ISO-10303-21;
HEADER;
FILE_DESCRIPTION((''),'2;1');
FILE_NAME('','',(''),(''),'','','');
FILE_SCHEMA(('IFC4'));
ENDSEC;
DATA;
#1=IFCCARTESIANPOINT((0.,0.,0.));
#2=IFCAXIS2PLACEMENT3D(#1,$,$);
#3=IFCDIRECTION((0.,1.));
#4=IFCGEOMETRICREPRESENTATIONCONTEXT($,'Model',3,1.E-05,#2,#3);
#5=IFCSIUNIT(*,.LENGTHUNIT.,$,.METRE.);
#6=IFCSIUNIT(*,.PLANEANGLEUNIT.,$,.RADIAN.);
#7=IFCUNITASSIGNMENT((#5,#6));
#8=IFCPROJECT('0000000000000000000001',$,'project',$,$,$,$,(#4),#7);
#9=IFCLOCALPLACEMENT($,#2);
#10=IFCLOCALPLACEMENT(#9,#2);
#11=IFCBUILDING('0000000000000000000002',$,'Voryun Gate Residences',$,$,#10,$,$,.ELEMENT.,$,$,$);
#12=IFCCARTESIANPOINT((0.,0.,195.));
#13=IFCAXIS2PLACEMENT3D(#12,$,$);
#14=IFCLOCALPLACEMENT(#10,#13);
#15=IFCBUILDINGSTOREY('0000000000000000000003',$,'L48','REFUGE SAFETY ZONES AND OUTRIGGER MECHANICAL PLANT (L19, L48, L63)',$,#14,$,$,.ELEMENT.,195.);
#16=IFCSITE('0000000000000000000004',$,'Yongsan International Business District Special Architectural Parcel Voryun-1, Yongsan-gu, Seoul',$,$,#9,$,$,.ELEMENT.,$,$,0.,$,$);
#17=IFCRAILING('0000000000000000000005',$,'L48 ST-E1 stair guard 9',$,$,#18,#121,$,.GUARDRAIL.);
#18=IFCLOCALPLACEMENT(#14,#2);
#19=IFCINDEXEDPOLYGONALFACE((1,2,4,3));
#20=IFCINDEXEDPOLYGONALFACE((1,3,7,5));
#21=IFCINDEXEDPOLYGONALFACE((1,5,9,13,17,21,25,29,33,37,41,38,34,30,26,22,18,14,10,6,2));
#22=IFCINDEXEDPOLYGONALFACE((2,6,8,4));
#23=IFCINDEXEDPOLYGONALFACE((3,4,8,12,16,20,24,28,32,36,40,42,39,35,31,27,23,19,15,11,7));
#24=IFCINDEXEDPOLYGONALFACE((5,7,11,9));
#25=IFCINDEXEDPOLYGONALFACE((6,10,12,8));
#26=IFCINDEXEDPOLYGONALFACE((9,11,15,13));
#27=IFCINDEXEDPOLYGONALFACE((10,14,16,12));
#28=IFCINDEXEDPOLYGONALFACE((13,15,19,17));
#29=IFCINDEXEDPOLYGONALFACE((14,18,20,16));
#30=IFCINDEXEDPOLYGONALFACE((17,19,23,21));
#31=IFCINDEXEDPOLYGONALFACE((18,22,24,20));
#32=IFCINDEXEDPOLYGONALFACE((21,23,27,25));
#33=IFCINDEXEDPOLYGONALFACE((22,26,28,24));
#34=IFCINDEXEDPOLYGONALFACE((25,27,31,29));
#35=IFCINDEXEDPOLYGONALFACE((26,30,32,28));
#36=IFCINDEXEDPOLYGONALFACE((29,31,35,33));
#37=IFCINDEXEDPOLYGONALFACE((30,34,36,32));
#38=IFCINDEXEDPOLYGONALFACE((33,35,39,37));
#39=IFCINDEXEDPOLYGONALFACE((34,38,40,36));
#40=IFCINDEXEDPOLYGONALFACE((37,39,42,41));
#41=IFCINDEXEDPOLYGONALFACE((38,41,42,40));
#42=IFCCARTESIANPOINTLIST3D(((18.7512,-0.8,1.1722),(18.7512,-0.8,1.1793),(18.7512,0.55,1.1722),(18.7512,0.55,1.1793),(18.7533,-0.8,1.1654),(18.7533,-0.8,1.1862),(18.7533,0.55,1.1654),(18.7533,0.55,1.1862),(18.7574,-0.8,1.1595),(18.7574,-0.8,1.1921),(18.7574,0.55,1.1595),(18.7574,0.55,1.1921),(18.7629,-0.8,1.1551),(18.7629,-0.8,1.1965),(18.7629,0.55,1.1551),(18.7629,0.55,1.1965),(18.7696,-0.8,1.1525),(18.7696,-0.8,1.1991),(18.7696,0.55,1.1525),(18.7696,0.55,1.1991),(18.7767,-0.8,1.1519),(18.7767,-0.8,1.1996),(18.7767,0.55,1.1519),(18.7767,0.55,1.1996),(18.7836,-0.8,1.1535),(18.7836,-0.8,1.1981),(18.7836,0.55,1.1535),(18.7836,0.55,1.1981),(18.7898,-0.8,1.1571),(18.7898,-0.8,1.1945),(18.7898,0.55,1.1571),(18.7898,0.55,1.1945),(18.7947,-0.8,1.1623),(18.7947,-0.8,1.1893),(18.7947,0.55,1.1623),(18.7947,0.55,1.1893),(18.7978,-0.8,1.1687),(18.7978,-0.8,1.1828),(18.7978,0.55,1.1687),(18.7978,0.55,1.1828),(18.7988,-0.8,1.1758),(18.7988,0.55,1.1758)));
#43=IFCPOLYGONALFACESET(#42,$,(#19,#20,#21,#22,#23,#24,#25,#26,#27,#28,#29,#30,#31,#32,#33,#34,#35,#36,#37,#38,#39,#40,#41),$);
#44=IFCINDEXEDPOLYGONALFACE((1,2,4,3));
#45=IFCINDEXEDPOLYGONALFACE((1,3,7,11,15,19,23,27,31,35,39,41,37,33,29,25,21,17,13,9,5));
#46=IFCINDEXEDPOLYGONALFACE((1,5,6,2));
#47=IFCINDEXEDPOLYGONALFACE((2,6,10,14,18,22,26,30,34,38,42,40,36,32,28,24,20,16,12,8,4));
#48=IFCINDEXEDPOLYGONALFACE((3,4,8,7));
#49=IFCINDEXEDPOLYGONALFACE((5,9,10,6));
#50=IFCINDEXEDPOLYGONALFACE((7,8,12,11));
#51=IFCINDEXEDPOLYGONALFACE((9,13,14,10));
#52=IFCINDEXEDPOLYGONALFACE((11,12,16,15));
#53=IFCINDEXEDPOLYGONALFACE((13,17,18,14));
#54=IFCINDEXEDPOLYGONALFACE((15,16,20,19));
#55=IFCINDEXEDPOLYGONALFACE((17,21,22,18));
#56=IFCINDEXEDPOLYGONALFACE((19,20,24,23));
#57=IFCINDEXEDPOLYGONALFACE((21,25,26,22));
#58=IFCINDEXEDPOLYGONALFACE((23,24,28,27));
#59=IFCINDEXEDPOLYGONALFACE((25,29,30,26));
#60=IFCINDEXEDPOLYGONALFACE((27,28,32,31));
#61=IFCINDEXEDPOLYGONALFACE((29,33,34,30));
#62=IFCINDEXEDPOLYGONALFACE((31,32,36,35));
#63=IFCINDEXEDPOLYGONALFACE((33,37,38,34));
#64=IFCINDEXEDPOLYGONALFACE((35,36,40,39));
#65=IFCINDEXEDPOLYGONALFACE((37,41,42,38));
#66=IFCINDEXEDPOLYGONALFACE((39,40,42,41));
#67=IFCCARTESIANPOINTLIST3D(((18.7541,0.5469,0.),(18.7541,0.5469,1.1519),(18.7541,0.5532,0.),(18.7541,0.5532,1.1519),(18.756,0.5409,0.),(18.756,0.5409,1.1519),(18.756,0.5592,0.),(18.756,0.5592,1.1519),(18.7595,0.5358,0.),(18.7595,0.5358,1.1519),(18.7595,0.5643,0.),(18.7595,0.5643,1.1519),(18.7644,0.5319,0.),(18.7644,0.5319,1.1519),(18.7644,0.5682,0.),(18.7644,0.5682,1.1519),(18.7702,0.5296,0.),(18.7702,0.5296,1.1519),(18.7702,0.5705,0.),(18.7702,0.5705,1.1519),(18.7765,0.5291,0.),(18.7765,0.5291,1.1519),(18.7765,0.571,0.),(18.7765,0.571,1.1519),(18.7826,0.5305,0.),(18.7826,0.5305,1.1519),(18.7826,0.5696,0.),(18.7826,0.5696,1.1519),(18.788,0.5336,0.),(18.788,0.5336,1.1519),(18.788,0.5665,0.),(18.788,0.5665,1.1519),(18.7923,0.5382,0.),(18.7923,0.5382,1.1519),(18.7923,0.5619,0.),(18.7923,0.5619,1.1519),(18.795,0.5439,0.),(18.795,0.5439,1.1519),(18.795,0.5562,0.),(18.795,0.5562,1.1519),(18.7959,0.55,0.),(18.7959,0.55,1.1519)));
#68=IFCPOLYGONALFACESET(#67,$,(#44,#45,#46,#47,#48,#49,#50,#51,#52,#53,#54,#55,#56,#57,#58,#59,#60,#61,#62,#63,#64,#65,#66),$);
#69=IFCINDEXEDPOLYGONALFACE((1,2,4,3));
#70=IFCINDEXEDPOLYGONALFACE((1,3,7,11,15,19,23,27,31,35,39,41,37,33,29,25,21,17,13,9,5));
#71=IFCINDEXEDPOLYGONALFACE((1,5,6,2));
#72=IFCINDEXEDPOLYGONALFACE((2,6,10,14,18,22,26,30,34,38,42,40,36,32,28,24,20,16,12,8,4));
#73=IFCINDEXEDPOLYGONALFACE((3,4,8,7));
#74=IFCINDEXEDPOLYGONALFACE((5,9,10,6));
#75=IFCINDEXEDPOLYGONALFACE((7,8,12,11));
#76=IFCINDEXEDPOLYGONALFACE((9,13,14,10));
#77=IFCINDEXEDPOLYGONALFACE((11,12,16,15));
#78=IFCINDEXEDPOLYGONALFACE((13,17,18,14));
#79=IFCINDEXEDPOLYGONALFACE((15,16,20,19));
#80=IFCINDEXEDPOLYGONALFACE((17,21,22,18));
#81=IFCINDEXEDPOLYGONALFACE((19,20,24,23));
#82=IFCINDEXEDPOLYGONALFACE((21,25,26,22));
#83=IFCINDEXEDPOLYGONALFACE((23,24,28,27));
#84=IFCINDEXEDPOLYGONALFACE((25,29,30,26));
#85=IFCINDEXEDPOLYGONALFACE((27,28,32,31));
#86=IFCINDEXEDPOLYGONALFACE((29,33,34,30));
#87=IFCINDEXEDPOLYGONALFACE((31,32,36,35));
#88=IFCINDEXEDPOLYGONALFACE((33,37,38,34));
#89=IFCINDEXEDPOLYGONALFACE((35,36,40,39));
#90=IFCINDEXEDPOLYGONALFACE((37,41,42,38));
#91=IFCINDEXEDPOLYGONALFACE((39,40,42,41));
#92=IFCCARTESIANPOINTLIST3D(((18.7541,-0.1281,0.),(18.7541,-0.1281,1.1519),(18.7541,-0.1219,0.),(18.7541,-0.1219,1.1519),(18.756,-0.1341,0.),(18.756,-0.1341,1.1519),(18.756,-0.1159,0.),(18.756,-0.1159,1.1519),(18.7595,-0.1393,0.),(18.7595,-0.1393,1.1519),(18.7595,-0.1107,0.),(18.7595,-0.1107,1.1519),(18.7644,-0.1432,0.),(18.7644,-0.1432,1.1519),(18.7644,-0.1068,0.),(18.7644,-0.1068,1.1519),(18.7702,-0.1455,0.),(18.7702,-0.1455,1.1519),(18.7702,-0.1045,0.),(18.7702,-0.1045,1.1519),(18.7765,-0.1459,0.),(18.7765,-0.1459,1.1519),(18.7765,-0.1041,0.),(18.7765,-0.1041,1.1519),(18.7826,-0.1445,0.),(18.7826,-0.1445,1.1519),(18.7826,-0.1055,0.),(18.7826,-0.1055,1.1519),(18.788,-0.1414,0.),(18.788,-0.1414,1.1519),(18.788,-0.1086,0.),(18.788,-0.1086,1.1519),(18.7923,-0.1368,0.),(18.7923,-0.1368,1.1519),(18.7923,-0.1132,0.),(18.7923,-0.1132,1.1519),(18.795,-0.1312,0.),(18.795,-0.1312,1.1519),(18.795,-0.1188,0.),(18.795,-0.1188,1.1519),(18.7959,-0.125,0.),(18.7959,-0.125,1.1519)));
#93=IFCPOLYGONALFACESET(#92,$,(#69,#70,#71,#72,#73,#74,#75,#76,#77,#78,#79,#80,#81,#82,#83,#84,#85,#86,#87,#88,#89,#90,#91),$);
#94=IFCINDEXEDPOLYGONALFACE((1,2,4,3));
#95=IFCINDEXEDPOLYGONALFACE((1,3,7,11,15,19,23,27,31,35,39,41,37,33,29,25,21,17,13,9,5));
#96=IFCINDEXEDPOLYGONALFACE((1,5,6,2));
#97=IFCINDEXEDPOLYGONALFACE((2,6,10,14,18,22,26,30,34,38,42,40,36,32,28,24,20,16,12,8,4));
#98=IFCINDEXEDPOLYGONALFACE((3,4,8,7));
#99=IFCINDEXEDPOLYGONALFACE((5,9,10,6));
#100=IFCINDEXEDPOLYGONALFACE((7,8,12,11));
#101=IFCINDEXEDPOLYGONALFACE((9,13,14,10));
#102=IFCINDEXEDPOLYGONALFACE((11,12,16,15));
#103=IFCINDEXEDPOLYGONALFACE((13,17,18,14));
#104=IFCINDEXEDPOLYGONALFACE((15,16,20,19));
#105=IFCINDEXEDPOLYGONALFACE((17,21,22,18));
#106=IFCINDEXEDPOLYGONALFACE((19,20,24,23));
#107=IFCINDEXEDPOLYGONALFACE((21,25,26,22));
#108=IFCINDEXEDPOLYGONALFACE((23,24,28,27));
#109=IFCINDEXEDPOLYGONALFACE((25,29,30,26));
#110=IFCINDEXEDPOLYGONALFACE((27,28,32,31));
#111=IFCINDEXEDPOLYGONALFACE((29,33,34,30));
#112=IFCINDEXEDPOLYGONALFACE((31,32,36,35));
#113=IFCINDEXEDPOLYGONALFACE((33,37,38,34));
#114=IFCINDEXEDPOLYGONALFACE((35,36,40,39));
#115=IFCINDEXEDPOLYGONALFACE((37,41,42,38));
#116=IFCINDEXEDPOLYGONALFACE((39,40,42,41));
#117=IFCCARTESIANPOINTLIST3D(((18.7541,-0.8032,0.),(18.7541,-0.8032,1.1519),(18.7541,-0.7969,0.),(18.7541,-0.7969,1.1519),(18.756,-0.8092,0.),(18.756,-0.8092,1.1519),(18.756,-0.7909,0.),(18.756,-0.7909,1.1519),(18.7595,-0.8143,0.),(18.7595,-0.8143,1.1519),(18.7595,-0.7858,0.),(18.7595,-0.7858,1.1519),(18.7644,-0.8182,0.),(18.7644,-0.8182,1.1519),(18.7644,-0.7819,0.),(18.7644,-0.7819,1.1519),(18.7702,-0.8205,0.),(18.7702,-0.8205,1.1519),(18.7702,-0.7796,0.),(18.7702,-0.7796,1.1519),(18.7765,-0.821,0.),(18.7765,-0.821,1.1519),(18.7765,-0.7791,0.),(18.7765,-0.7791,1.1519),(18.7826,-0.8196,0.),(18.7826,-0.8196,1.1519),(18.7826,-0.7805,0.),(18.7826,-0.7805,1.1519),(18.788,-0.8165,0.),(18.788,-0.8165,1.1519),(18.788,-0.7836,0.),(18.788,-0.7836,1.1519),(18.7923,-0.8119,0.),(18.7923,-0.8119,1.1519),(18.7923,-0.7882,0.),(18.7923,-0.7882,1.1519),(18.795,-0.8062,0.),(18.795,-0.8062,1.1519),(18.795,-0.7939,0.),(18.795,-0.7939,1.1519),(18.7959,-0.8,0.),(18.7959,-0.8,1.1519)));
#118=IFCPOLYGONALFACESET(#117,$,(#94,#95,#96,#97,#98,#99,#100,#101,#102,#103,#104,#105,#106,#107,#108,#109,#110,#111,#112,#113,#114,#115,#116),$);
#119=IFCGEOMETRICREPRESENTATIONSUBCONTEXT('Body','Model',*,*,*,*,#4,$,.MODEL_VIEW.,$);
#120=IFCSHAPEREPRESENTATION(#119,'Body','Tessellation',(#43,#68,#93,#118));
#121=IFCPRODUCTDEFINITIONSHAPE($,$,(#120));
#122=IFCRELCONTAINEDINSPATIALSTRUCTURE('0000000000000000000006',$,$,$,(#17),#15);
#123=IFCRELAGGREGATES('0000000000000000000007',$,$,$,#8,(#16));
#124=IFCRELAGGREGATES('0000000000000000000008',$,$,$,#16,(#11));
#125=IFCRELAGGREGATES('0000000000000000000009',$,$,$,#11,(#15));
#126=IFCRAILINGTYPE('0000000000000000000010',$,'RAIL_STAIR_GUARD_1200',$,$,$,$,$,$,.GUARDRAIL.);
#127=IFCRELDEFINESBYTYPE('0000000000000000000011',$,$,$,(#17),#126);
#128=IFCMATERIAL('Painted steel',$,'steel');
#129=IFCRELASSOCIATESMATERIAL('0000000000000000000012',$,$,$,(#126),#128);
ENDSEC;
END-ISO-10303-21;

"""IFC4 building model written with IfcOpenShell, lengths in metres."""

from ifc_helpers import new_model, si_unit, direction, frame, origin, origin_2d, place, context, subcontext, project, spatial, circle, extrude, material, type_object, element, save


model = new_model("IFC4")

# Units and contexts
model_context = context("Model", 3, precision=1e-05, world=origin(), true_north=direction((0.0, 1.0)))
body_context = subcontext(model_context, "Body", "Model", "MODEL_VIEW")
ifc_project = project(units=[si_unit("LENGTHUNIT", "METRE"), si_unit("PLANEANGLEUNIT", "RADIAN")], contexts=[model_context])

# Site, building, storey
site_placement = place(None, origin())
site = spatial("IfcSite", under=ifc_project, at=site_placement, Name="Yongsan International Business District Special Architectural Parcel Voryun-1, Yongsan-gu, Seoul", CompositionType="ELEMENT", RefElevation=0.0)
building_placement = place(site_placement, origin())
building = spatial("IfcBuilding", under=site, at=building_placement, Name="Voryun Gate Residences", CompositionType="ELEMENT")
storey_placement = place(building_placement, frame((0.0, 0.0, 195.0)))
storey = spatial("IfcBuildingStorey", under=building, at=storey_placement, Name="L48", Description="REFUGE SAFETY ZONES AND OUTRIGGER MECHANICAL PLANT (L19, L48, L63)", CompositionType="ELEMENT", Elevation=195.0)

# Railing
ifc_material_1 = material(Name="Painted steel", Category="steel")
railing_type_1 = type_object("IfcRailingType", Name="RAIL_STAIR_GUARD_1200", PredefinedType="GUARDRAIL", material=ifc_material_1)
for number, where, name in (
    (1, (18.7749, 0.55, 0.0), "L48 ST-E1 stair guard 9"),
):
    element("IfcRailing", number, at=place(storey_placement, frame(where)), inside=storey, type_object=railing_type_1, Name=name, PredefinedType="GUARDRAIL", context=body_context, shape_type="SweptSolid", body=[
        extrude(circle(Radius=0.0239, at=origin_2d()), frame((0.0, 0.0, 1.1758), z_axis=(0.0, -1.0, 0.0), x_axis=(1.0, 0.0, 0.0)), (0.0, 0.0, 1.0), 1.3501),
        extrude(circle(Radius=0.021, at=origin_2d()), origin(), (0.0, 0.0, 1.0), 1.1519),
        extrude(circle(Radius=0.021, at=origin_2d()), frame((0.0, -0.675, 0.0)), (0.0, 0.0, 1.0), 1.1519),
        extrude(circle(Radius=0.021, at=origin_2d()), frame((0.0, -1.3501, 0.0)), (0.0, 0.0, 1.0), 1.1519),
    ])

save(model, "model.ifc")
